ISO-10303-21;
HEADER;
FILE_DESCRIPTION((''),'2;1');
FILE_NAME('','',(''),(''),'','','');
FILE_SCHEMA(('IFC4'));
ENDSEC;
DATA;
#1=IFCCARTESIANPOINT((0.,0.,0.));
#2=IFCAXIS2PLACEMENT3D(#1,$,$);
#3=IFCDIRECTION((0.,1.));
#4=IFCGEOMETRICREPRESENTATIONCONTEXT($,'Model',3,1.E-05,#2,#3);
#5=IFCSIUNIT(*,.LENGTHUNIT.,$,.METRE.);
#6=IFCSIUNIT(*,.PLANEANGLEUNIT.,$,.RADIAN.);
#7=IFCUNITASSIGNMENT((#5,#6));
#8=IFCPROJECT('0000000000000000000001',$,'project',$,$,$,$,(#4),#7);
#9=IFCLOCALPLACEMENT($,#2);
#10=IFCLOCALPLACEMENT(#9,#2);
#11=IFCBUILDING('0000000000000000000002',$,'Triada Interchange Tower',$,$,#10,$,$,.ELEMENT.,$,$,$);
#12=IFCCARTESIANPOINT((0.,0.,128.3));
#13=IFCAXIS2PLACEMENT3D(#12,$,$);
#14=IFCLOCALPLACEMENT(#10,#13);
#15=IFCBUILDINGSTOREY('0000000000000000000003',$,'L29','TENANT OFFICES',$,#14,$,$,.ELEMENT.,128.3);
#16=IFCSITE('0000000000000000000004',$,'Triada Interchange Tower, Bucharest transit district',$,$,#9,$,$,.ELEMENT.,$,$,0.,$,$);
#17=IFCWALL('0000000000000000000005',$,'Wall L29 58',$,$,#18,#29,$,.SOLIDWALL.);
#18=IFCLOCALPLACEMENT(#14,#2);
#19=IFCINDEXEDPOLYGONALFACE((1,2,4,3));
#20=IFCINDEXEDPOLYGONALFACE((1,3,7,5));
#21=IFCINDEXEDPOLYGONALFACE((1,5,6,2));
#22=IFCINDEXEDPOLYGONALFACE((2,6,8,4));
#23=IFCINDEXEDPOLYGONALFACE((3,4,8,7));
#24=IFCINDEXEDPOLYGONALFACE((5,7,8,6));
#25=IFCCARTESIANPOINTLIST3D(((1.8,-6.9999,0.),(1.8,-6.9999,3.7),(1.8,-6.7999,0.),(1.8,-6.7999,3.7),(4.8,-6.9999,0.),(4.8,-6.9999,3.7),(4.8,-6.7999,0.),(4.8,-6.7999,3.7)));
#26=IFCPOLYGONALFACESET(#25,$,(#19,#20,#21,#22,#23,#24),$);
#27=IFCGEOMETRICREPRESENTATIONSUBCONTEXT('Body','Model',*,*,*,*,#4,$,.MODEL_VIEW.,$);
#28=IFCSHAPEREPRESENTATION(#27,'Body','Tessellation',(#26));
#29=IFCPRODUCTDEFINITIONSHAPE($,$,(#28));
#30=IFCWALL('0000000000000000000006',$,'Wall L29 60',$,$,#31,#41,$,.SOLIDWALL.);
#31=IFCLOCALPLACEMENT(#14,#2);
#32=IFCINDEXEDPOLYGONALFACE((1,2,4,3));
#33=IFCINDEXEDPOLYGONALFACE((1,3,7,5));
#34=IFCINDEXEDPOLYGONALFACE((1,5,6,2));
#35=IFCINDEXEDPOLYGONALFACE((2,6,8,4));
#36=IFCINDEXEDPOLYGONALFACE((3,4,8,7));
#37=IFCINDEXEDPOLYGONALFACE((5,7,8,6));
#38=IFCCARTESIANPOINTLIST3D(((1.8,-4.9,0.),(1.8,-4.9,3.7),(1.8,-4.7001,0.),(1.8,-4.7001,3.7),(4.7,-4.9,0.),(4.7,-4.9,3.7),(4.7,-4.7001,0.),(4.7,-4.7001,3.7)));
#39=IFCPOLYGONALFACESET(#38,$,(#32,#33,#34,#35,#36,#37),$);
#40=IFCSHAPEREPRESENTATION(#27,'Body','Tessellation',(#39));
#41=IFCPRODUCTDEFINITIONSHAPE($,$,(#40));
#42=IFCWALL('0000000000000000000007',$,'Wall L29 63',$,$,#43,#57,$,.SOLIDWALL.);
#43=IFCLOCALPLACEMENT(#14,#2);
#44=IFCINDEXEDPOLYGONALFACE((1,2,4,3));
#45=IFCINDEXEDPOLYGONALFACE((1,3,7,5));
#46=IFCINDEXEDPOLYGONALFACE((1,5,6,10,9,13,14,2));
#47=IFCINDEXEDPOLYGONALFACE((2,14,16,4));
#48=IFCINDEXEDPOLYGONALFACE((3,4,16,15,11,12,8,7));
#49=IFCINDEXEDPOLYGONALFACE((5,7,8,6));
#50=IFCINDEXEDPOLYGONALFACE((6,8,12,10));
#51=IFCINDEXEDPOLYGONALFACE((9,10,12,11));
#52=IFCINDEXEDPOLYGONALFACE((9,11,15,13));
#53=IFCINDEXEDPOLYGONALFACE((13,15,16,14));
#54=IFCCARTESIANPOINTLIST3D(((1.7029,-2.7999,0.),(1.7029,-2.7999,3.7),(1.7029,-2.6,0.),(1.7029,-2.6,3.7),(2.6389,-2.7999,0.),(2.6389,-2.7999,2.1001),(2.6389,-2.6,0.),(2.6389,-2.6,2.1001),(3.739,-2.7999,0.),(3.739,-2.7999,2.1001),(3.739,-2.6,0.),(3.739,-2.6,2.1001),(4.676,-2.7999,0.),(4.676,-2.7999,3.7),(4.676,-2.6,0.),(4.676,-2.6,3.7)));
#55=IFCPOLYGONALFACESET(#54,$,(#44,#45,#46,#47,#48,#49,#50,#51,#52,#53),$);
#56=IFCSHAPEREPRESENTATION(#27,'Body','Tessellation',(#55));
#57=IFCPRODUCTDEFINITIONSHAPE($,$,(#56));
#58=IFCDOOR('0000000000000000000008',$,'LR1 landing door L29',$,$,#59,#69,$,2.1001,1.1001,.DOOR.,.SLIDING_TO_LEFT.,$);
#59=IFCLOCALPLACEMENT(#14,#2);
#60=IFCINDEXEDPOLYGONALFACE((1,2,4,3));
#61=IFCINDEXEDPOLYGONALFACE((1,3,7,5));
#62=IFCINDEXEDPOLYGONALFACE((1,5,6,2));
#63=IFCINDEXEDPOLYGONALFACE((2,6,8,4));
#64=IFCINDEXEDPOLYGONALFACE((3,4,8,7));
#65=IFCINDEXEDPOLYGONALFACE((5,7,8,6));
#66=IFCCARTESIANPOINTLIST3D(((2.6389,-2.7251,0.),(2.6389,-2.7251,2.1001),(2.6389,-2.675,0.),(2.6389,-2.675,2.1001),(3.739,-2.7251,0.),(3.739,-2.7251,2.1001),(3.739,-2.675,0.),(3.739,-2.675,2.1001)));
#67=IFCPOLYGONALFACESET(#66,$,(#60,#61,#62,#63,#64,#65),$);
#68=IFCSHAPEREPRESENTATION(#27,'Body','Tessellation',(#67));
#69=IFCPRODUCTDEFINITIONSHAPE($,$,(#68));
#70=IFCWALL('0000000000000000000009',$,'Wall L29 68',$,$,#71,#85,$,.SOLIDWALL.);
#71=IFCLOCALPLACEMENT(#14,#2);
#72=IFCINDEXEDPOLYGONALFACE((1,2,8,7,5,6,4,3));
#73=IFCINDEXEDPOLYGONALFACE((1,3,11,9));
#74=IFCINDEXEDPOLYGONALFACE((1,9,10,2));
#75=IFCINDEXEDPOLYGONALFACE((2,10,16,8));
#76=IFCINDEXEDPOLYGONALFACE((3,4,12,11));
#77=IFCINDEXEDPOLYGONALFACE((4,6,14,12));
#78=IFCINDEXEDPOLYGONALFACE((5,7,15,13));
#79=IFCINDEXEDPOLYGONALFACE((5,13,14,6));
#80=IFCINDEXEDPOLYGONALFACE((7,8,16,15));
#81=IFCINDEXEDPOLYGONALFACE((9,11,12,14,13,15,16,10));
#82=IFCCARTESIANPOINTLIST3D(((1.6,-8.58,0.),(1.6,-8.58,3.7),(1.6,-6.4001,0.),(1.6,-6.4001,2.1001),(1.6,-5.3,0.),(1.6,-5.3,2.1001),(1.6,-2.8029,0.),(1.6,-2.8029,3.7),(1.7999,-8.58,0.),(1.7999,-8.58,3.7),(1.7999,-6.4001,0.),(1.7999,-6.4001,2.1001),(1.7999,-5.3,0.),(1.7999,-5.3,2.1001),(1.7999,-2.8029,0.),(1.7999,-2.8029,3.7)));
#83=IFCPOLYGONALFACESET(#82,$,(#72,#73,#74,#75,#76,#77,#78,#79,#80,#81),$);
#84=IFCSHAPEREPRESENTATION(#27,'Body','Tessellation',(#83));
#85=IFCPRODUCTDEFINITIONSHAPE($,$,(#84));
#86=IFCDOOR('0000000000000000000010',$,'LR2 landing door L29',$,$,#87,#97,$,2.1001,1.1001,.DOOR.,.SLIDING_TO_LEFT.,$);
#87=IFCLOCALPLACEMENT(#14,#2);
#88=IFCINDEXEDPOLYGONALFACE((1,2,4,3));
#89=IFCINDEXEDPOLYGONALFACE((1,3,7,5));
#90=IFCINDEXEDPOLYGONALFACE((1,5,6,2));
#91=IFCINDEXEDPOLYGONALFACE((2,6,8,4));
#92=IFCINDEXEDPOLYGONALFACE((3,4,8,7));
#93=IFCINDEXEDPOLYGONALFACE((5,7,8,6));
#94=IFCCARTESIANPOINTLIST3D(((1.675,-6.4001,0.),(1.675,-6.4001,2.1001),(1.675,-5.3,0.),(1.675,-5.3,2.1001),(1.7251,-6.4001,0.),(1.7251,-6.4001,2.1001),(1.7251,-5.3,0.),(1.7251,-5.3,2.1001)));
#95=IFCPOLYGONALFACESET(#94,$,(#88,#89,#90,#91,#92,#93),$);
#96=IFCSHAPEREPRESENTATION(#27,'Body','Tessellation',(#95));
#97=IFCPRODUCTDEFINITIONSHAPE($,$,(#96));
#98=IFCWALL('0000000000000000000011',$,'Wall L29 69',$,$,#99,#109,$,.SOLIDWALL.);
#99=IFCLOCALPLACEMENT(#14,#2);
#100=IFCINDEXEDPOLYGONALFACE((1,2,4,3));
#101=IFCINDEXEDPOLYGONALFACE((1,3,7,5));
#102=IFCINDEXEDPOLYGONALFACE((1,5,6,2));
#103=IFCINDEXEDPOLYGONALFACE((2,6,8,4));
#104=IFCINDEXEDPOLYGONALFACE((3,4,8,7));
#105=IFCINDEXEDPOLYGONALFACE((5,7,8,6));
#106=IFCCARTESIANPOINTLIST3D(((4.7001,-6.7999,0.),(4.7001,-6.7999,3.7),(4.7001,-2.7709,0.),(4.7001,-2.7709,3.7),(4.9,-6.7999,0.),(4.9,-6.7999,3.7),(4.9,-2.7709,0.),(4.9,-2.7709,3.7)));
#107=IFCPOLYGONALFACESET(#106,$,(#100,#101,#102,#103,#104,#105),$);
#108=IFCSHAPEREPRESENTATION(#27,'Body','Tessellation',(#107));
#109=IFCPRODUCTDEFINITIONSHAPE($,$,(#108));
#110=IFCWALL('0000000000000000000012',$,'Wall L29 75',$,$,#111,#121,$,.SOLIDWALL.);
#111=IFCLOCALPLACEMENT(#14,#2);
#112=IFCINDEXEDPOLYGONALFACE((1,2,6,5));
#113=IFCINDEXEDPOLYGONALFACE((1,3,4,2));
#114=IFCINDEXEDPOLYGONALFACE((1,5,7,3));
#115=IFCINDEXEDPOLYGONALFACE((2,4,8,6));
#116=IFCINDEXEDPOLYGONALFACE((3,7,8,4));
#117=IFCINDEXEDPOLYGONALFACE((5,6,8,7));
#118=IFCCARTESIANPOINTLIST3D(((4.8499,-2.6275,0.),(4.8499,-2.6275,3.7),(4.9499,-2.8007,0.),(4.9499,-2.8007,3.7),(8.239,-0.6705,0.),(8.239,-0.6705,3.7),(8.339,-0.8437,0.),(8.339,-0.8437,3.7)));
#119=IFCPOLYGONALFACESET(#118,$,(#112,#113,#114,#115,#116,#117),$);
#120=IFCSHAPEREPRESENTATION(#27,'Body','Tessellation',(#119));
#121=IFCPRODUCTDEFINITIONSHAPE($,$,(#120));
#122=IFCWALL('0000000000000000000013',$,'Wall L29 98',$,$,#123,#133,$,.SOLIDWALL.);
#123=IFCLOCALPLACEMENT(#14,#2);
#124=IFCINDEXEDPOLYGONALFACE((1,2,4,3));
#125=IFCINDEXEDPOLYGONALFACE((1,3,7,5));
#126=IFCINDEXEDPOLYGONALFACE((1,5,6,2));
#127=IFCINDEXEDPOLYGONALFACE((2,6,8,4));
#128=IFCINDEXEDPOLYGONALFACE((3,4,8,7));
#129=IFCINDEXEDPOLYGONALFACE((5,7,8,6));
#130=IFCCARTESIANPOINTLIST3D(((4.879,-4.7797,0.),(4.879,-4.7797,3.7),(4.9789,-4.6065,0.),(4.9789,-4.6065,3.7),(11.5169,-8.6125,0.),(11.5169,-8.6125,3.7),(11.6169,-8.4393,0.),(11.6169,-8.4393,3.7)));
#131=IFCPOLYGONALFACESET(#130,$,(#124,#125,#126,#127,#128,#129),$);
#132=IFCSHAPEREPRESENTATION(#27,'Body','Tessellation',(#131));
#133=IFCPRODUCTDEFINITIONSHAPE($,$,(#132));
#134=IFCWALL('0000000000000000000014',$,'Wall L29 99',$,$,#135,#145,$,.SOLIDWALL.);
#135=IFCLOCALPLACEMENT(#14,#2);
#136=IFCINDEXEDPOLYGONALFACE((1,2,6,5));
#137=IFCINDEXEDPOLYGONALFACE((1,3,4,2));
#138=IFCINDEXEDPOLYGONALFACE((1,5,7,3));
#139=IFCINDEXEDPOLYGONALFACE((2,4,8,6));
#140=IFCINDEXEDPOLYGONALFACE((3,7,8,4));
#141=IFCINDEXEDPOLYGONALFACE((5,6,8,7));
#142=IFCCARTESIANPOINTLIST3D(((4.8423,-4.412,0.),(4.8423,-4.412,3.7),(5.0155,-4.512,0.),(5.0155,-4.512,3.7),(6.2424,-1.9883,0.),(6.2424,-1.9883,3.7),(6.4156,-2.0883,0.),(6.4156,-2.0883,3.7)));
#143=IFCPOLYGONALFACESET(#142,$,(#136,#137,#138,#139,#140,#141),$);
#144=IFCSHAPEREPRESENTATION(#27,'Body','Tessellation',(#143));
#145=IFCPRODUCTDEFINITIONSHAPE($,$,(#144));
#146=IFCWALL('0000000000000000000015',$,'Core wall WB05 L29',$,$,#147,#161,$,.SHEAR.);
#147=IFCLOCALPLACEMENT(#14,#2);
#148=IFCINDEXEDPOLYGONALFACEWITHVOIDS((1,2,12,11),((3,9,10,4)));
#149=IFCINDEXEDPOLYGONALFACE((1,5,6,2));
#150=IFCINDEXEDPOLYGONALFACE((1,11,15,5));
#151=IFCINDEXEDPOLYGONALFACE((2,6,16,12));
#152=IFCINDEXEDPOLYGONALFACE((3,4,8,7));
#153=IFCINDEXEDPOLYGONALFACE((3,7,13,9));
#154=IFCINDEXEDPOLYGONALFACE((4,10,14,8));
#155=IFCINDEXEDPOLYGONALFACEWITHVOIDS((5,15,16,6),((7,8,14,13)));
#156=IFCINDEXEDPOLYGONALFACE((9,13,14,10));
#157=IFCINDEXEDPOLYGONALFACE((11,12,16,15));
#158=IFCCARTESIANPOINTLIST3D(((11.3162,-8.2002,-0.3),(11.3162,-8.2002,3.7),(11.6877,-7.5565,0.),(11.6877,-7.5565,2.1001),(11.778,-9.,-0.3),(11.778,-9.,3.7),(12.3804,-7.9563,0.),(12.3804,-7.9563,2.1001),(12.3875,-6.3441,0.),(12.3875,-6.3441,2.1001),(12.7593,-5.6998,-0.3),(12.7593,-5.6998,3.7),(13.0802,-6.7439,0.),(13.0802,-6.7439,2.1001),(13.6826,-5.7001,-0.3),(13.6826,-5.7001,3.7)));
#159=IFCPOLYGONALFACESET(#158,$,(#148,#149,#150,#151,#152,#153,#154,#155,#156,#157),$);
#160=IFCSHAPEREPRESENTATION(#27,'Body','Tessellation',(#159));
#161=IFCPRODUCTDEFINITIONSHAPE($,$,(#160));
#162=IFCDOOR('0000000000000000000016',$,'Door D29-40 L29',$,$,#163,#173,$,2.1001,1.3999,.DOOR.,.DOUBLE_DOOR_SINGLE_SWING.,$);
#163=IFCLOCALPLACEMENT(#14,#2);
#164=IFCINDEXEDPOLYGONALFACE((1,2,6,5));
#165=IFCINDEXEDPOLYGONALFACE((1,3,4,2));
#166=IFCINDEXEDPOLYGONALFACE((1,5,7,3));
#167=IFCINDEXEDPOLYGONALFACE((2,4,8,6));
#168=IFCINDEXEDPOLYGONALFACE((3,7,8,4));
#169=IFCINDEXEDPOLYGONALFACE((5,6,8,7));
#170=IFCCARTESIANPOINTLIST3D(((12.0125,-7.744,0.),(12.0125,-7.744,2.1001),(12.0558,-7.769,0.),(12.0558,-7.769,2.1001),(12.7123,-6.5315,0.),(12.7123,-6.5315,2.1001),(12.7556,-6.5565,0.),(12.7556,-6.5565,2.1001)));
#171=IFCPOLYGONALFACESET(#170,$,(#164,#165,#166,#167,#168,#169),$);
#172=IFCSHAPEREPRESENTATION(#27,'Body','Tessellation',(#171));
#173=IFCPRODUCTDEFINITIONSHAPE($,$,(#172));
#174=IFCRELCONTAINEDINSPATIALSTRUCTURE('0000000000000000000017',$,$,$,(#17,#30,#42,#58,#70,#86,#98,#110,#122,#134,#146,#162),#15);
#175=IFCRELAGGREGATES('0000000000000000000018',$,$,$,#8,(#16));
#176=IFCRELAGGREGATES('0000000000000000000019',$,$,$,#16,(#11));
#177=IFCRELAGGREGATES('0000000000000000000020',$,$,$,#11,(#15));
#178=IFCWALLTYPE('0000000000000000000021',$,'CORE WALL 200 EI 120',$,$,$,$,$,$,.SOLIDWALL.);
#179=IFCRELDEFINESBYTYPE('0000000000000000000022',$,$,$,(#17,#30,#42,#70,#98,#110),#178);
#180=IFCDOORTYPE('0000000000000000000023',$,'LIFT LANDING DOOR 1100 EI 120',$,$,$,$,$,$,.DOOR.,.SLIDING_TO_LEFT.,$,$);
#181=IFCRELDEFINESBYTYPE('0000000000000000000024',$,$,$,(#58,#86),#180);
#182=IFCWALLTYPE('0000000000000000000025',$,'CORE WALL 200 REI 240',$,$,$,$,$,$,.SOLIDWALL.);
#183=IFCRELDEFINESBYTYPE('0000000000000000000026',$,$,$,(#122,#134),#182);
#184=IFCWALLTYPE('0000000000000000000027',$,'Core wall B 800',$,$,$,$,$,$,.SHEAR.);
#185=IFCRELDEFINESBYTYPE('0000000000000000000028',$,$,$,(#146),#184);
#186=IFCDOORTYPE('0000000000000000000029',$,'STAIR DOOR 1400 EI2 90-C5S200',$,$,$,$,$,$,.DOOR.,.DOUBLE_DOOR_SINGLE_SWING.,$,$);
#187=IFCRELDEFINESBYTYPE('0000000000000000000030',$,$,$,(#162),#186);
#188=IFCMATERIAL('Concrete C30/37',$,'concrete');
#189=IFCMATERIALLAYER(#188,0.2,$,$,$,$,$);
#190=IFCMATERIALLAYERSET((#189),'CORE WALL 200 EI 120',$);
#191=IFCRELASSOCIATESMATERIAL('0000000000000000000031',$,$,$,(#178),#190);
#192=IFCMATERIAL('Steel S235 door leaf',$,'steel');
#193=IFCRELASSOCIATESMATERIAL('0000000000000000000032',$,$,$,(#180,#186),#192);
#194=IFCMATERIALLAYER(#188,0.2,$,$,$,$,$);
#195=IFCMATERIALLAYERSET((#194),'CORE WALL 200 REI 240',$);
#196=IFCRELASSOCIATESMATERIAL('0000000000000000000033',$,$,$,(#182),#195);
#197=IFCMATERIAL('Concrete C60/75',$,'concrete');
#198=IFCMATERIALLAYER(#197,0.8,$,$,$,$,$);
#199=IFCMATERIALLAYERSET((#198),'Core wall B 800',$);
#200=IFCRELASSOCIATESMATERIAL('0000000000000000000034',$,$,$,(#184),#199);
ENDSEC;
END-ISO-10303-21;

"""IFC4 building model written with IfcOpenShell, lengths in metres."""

from ifc_helpers import new_model, si_unit, direction, frame, frame_2d, origin, place, context, subcontext, project, spatial, polyline, rectangle, outline, extrude, material, layer, layer_set, type_object, element, fill, save


model = new_model("IFC4")

# Units and contexts
model_context = context("Model", 3, precision=1e-05, world=origin(), true_north=direction((0.0, 1.0)))
body_context = subcontext(model_context, "Body", "Model", "MODEL_VIEW")
ifc_project = project(units=[si_unit("LENGTHUNIT", "METRE"), si_unit("PLANEANGLEUNIT", "RADIAN")], contexts=[model_context])

# Site, building, storey
site_placement = place(None, origin())
site = spatial("IfcSite", under=ifc_project, at=site_placement, Name="Triada Interchange Tower, Bucharest transit district", CompositionType="ELEMENT", RefElevation=0.0)
building_placement = place(site_placement, origin())
building = spatial("IfcBuilding", under=site, at=building_placement, Name="Triada Interchange Tower", CompositionType="ELEMENT")
storey_placement = place(building_placement, frame((0.0, 0.0, 128.3)))
storey = spatial("IfcBuildingStorey", under=building, at=storey_placement, Name="L29", Description="TENANT OFFICES", CompositionType="ELEMENT", Elevation=128.3)

# Walls
ifc_material_1 = material(Name="Concrete C30/37", Category="concrete")
ifc_layer_1 = layer(ifc_material_1, 0.2)
ifc_layer_set_1 = layer_set([ifc_layer_1], Name="CORE WALL 200 EI 120")
wall_type_1 = type_object("IfcWallType", Name="CORE WALL 200 EI 120", PredefinedType="SOLIDWALL", material=ifc_layer_set_1)
wall_1_placement = place(storey_placement, frame((1.8, -6.8999, 0.0), z_axis=(0.0, 0.0, 1.0), x_axis=(1.0, 0.0, 0.0)))
element("IfcWall", 1, at=wall_1_placement, inside=storey, type_object=wall_type_1, Name="Wall L29 58", PredefinedType="SOLIDWALL", context=body_context, shape_type="SweptSolid", body=[
    extrude(rectangle(XDim=3.0, YDim=0.2, at=frame_2d((1.5, 0.0))), origin(), (0.0, 0.0, 1.0), 3.7),
])
wall_2_placement = place(storey_placement, frame((1.8, -4.8, 0.0), z_axis=(0.0, 0.0, 1.0), x_axis=(1.0, 0.0, 0.0)))
element("IfcWall", 2, at=wall_2_placement, inside=storey, type_object=wall_type_1, Name="Wall L29 60", PredefinedType="SOLIDWALL", context=body_context, shape_type="SweptSolid", body=[
    extrude(rectangle(XDim=2.8999, YDim=0.2, at=frame_2d((1.45, 0.0))), origin(), (0.0, 0.0, 1.0), 3.7),
])

# Walls, openings, doors
wall_3_placement = place(storey_placement, frame((1.7029, -2.7, 0.0), z_axis=(0.0, 0.0, 1.0), x_axis=(1.0, 0.0, 0.0)))
wall_3 = element("IfcWall", 3, at=wall_3_placement, inside=storey, type_object=wall_type_1, Name="Wall L29 63", PredefinedType="SOLIDWALL", context=body_context, shape_type="SweptSolid", body=[
    extrude(rectangle(XDim=2.9731, YDim=0.2, at=frame_2d((1.4866, 0.0))), origin(), (0.0, 0.0, 1.0), 3.7),
])
opening_1_placement = place(wall_3_placement, frame((0.936, 0.0, 0.0)))
opening_1 = element("IfcOpeningElement", 4, at=opening_1_placement, cuts=wall_3, PredefinedType="OPENING", context=body_context, shape_type="SweptSolid", body=[
    extrude(rectangle(XDim=1.1001, YDim=2.1001, at=frame_2d((0.55, 1.05))), frame((0.0, 0.1099, 0.0), z_axis=(0.0, -1.0, 0.0), x_axis=(1.0, 0.0, 0.0)), (0.0, 0.0, 1.0), 0.22),
])
ifc_material_2 = material(Name="Steel S235 door leaf", Category="steel")
door_type_1 = type_object("IfcDoorType", Name="LIFT LANDING DOOR 1100 EI 120", OperationType="SLIDING_TO_LEFT", PredefinedType="DOOR", material=ifc_material_2)
door_1_placement = place(opening_1_placement, origin())
door_1 = element("IfcDoor", 5, at=door_1_placement, inside=storey, type_object=door_type_1, Name="LR1 landing door L29", OperationType="SLIDING_TO_LEFT", OverallHeight=2.1001, OverallWidth=1.1001, PredefinedType="DOOR", context=body_context, shape_type="SweptSolid", body=[
    extrude(rectangle(XDim=1.1001, YDim=2.1001, at=frame_2d((0.55, 1.05))), frame((0.0, 0.0249, 0.0), z_axis=(0.0, -1.0, 0.0), x_axis=(1.0, 0.0, 0.0)), (0.0, 0.0, 1.0), 0.05),
])
fill(opening_1, door_1)
wall_4_placement = place(storey_placement, frame((1.7, -8.5801, 0.0), z_axis=(0.0, 0.0, 1.0), x_axis=(0.0, 1.0, 0.0)))
wall_4 = element("IfcWall", 6, at=wall_4_placement, inside=storey, type_object=wall_type_1, Name="Wall L29 68", PredefinedType="SOLIDWALL", context=body_context, shape_type="SweptSolid", body=[
    extrude(rectangle(XDim=5.7771, YDim=0.2, at=frame_2d((2.8887, 0.0))), origin(), (0.0, 0.0, 1.0), 3.7),
])
opening_2_placement = place(wall_4_placement, frame((2.1799, 0.0, 0.0)))
opening_2 = element("IfcOpeningElement", 7, at=opening_2_placement, cuts=wall_4, PredefinedType="OPENING", context=body_context, shape_type="SweptSolid", body=[
    extrude(rectangle(XDim=1.1001, YDim=2.1001, at=frame_2d((0.55, 1.05))), frame((0.0, 0.1099, 0.0), z_axis=(0.0, -1.0, 0.0), x_axis=(1.0, 0.0, 0.0)), (0.0, 0.0, 1.0), 0.22),
])
door_2_placement = place(opening_2_placement, origin())
door_2 = element("IfcDoor", 8, at=door_2_placement, inside=storey, type_object=door_type_1, Name="LR2 landing door L29", OperationType="SLIDING_TO_LEFT", OverallHeight=2.1001, OverallWidth=1.1001, PredefinedType="DOOR", context=body_context, shape_type="SweptSolid", body=[
    extrude(rectangle(XDim=1.1001, YDim=2.1001, at=frame_2d((0.55, 1.05))), frame((0.0, 0.0249, 0.0), z_axis=(0.0, -1.0, 0.0), x_axis=(1.0, 0.0, 0.0)), (0.0, 0.0, 1.0), 0.05),
])
fill(opening_2, door_2)

# Walls
wall_5_placement = place(storey_placement, frame((4.8, -6.8, 0.0), z_axis=(0.0, 0.0, 1.0), x_axis=(0.0, 1.0, 0.0)))
element("IfcWall", 9, at=wall_5_placement, inside=storey, type_object=wall_type_1, Name="Wall L29 69", PredefinedType="SOLIDWALL", context=body_context, shape_type="SweptSolid", body=[
    extrude(rectangle(XDim=4.0291, YDim=0.2, at=frame_2d((2.0146, 0.0))), origin(), (0.0, 0.0, 1.0), 3.7),
])
wall_6_placement = place(storey_placement, frame((4.8999, -2.7141, 0.0), z_axis=(0.0, 0.0, 1.0), x_axis=(0.865992, 0.500057, 0.0)))
element("IfcWall", 10, at=wall_6_placement, inside=storey, type_object=wall_type_1, Name="Wall L29 75", PredefinedType="SOLIDWALL", context=body_context, shape_type="SweptSolid", body=[
    extrude(rectangle(XDim=3.9136, YDim=0.2, at=frame_2d((1.9568, 0.0))), origin(), (0.0, 0.0, 1.0), 3.7),
])
ifc_layer_2 = layer(ifc_material_1, 0.2)
ifc_layer_set_2 = layer_set([ifc_layer_2], Name="CORE WALL 200 REI 240")
wall_type_2 = type_object("IfcWallType", Name="CORE WALL 200 REI 240", PredefinedType="SOLIDWALL", material=ifc_layer_set_2)
wall_7_placement = place(storey_placement, frame((4.929, -4.6931, 0.0), z_axis=(0.0, 0.0, 1.0), x_axis=(0.866006, -0.500034, 0.0)))
element("IfcWall", 11, at=wall_7_placement, inside=storey, type_object=wall_type_2, Name="Wall L29 98", PredefinedType="SOLIDWALL", context=body_context, shape_type="SweptSolid", body=[
    extrude(rectangle(XDim=7.665, YDim=0.2, at=frame_2d((3.8325, 0.0))), origin(), (0.0, 0.0, 1.0), 3.7),
])
wall_8_placement = place(storey_placement, frame((4.929, -4.4619, 0.0), z_axis=(0.0, 0.0, 1.0), x_axis=(0.500201, 0.86591, 0.0)))
element("IfcWall", 12, at=wall_8_placement, inside=storey, type_object=wall_type_2, Name="Wall L29 99", PredefinedType="SOLIDWALL", context=body_context, shape_type="SweptSolid", body=[
    extrude(rectangle(XDim=2.7991, YDim=0.2, at=frame_2d((1.3994, 0.0))), origin(), (0.0, 0.0, 1.0), 3.7),
])

# Wall, opening, door
ifc_material_3 = material(Name="Concrete C60/75", Category="concrete")
ifc_layer_3 = layer(ifc_material_3, 0.8)
ifc_layer_set_3 = layer_set([ifc_layer_3], Name="Core wall B 800")
wall_type_3 = type_object("IfcWallType", Name="Core wall B 800", PredefinedType="SHEAR", material=ifc_layer_set_3)
wall_9_placement = place(storey_placement, frame((11.5471, -8.6001, -0.3), z_axis=(0.0, 0.0, 1.0), x_axis=(0.499872, 0.866099, 0.0)))
wall_9 = element("IfcWall", 13, at=wall_9_placement, inside=storey, type_object=wall_type_3, Name="Core wall WB05 L29", PredefinedType="SHEAR", context=body_context, shape_type="SweptSolid", body=[
    extrude(outline(polyline([(-0.231, -0.3999), (1.6741, -0.3999), (3.5791, -0.3999), (3.1179, 0.3999), (1.6743, 0.3999), (0.231, 0.3999), (-0.231, -0.3999)])), origin(), (0.0, 0.0, 1.0), 4.0),
])
opening_3_placement = place(wall_9_placement, frame((0.9741, 0.0, 0.3)))
opening_3 = element("IfcOpeningElement", 14, at=opening_3_placement, cuts=wall_9, PredefinedType="OPENING", context=body_context, shape_type="SweptSolid", body=[
    extrude(rectangle(XDim=1.3999, YDim=2.1001, at=frame_2d((0.7, 1.05))), frame((0.0, 0.4099, 0.0), z_axis=(0.0, -1.0, 0.0), x_axis=(1.0, 0.0, 0.0)), (0.0, 0.0, 1.0), 0.8201),
])
door_type_2 = type_object("IfcDoorType", Name="STAIR DOOR 1400 EI2 90-C5S200", OperationType="DOUBLE_DOOR_SINGLE_SWING", PredefinedType="DOOR", material=ifc_material_2)
door_3_placement = place(opening_3_placement, origin())
door_3 = element("IfcDoor", 15, at=door_3_placement, inside=storey, type_object=door_type_2, Name="Door D29-40 L29", OperationType="DOUBLE_DOOR_SINGLE_SWING", OverallHeight=2.1001, OverallWidth=1.3999, PredefinedType="DOOR", context=body_context, shape_type="SweptSolid", body=[
    extrude(rectangle(XDim=1.3999, YDim=2.1001, at=frame_2d((0.7, 1.05))), frame((0.0, 0.0249, 0.0), z_axis=(0.0, -1.0, 0.0), x_axis=(1.0, 0.0, 0.0)), (0.0, 0.0, 1.0), 0.05),
])
fill(opening_3, door_3)

save(model, "model.ifc")
